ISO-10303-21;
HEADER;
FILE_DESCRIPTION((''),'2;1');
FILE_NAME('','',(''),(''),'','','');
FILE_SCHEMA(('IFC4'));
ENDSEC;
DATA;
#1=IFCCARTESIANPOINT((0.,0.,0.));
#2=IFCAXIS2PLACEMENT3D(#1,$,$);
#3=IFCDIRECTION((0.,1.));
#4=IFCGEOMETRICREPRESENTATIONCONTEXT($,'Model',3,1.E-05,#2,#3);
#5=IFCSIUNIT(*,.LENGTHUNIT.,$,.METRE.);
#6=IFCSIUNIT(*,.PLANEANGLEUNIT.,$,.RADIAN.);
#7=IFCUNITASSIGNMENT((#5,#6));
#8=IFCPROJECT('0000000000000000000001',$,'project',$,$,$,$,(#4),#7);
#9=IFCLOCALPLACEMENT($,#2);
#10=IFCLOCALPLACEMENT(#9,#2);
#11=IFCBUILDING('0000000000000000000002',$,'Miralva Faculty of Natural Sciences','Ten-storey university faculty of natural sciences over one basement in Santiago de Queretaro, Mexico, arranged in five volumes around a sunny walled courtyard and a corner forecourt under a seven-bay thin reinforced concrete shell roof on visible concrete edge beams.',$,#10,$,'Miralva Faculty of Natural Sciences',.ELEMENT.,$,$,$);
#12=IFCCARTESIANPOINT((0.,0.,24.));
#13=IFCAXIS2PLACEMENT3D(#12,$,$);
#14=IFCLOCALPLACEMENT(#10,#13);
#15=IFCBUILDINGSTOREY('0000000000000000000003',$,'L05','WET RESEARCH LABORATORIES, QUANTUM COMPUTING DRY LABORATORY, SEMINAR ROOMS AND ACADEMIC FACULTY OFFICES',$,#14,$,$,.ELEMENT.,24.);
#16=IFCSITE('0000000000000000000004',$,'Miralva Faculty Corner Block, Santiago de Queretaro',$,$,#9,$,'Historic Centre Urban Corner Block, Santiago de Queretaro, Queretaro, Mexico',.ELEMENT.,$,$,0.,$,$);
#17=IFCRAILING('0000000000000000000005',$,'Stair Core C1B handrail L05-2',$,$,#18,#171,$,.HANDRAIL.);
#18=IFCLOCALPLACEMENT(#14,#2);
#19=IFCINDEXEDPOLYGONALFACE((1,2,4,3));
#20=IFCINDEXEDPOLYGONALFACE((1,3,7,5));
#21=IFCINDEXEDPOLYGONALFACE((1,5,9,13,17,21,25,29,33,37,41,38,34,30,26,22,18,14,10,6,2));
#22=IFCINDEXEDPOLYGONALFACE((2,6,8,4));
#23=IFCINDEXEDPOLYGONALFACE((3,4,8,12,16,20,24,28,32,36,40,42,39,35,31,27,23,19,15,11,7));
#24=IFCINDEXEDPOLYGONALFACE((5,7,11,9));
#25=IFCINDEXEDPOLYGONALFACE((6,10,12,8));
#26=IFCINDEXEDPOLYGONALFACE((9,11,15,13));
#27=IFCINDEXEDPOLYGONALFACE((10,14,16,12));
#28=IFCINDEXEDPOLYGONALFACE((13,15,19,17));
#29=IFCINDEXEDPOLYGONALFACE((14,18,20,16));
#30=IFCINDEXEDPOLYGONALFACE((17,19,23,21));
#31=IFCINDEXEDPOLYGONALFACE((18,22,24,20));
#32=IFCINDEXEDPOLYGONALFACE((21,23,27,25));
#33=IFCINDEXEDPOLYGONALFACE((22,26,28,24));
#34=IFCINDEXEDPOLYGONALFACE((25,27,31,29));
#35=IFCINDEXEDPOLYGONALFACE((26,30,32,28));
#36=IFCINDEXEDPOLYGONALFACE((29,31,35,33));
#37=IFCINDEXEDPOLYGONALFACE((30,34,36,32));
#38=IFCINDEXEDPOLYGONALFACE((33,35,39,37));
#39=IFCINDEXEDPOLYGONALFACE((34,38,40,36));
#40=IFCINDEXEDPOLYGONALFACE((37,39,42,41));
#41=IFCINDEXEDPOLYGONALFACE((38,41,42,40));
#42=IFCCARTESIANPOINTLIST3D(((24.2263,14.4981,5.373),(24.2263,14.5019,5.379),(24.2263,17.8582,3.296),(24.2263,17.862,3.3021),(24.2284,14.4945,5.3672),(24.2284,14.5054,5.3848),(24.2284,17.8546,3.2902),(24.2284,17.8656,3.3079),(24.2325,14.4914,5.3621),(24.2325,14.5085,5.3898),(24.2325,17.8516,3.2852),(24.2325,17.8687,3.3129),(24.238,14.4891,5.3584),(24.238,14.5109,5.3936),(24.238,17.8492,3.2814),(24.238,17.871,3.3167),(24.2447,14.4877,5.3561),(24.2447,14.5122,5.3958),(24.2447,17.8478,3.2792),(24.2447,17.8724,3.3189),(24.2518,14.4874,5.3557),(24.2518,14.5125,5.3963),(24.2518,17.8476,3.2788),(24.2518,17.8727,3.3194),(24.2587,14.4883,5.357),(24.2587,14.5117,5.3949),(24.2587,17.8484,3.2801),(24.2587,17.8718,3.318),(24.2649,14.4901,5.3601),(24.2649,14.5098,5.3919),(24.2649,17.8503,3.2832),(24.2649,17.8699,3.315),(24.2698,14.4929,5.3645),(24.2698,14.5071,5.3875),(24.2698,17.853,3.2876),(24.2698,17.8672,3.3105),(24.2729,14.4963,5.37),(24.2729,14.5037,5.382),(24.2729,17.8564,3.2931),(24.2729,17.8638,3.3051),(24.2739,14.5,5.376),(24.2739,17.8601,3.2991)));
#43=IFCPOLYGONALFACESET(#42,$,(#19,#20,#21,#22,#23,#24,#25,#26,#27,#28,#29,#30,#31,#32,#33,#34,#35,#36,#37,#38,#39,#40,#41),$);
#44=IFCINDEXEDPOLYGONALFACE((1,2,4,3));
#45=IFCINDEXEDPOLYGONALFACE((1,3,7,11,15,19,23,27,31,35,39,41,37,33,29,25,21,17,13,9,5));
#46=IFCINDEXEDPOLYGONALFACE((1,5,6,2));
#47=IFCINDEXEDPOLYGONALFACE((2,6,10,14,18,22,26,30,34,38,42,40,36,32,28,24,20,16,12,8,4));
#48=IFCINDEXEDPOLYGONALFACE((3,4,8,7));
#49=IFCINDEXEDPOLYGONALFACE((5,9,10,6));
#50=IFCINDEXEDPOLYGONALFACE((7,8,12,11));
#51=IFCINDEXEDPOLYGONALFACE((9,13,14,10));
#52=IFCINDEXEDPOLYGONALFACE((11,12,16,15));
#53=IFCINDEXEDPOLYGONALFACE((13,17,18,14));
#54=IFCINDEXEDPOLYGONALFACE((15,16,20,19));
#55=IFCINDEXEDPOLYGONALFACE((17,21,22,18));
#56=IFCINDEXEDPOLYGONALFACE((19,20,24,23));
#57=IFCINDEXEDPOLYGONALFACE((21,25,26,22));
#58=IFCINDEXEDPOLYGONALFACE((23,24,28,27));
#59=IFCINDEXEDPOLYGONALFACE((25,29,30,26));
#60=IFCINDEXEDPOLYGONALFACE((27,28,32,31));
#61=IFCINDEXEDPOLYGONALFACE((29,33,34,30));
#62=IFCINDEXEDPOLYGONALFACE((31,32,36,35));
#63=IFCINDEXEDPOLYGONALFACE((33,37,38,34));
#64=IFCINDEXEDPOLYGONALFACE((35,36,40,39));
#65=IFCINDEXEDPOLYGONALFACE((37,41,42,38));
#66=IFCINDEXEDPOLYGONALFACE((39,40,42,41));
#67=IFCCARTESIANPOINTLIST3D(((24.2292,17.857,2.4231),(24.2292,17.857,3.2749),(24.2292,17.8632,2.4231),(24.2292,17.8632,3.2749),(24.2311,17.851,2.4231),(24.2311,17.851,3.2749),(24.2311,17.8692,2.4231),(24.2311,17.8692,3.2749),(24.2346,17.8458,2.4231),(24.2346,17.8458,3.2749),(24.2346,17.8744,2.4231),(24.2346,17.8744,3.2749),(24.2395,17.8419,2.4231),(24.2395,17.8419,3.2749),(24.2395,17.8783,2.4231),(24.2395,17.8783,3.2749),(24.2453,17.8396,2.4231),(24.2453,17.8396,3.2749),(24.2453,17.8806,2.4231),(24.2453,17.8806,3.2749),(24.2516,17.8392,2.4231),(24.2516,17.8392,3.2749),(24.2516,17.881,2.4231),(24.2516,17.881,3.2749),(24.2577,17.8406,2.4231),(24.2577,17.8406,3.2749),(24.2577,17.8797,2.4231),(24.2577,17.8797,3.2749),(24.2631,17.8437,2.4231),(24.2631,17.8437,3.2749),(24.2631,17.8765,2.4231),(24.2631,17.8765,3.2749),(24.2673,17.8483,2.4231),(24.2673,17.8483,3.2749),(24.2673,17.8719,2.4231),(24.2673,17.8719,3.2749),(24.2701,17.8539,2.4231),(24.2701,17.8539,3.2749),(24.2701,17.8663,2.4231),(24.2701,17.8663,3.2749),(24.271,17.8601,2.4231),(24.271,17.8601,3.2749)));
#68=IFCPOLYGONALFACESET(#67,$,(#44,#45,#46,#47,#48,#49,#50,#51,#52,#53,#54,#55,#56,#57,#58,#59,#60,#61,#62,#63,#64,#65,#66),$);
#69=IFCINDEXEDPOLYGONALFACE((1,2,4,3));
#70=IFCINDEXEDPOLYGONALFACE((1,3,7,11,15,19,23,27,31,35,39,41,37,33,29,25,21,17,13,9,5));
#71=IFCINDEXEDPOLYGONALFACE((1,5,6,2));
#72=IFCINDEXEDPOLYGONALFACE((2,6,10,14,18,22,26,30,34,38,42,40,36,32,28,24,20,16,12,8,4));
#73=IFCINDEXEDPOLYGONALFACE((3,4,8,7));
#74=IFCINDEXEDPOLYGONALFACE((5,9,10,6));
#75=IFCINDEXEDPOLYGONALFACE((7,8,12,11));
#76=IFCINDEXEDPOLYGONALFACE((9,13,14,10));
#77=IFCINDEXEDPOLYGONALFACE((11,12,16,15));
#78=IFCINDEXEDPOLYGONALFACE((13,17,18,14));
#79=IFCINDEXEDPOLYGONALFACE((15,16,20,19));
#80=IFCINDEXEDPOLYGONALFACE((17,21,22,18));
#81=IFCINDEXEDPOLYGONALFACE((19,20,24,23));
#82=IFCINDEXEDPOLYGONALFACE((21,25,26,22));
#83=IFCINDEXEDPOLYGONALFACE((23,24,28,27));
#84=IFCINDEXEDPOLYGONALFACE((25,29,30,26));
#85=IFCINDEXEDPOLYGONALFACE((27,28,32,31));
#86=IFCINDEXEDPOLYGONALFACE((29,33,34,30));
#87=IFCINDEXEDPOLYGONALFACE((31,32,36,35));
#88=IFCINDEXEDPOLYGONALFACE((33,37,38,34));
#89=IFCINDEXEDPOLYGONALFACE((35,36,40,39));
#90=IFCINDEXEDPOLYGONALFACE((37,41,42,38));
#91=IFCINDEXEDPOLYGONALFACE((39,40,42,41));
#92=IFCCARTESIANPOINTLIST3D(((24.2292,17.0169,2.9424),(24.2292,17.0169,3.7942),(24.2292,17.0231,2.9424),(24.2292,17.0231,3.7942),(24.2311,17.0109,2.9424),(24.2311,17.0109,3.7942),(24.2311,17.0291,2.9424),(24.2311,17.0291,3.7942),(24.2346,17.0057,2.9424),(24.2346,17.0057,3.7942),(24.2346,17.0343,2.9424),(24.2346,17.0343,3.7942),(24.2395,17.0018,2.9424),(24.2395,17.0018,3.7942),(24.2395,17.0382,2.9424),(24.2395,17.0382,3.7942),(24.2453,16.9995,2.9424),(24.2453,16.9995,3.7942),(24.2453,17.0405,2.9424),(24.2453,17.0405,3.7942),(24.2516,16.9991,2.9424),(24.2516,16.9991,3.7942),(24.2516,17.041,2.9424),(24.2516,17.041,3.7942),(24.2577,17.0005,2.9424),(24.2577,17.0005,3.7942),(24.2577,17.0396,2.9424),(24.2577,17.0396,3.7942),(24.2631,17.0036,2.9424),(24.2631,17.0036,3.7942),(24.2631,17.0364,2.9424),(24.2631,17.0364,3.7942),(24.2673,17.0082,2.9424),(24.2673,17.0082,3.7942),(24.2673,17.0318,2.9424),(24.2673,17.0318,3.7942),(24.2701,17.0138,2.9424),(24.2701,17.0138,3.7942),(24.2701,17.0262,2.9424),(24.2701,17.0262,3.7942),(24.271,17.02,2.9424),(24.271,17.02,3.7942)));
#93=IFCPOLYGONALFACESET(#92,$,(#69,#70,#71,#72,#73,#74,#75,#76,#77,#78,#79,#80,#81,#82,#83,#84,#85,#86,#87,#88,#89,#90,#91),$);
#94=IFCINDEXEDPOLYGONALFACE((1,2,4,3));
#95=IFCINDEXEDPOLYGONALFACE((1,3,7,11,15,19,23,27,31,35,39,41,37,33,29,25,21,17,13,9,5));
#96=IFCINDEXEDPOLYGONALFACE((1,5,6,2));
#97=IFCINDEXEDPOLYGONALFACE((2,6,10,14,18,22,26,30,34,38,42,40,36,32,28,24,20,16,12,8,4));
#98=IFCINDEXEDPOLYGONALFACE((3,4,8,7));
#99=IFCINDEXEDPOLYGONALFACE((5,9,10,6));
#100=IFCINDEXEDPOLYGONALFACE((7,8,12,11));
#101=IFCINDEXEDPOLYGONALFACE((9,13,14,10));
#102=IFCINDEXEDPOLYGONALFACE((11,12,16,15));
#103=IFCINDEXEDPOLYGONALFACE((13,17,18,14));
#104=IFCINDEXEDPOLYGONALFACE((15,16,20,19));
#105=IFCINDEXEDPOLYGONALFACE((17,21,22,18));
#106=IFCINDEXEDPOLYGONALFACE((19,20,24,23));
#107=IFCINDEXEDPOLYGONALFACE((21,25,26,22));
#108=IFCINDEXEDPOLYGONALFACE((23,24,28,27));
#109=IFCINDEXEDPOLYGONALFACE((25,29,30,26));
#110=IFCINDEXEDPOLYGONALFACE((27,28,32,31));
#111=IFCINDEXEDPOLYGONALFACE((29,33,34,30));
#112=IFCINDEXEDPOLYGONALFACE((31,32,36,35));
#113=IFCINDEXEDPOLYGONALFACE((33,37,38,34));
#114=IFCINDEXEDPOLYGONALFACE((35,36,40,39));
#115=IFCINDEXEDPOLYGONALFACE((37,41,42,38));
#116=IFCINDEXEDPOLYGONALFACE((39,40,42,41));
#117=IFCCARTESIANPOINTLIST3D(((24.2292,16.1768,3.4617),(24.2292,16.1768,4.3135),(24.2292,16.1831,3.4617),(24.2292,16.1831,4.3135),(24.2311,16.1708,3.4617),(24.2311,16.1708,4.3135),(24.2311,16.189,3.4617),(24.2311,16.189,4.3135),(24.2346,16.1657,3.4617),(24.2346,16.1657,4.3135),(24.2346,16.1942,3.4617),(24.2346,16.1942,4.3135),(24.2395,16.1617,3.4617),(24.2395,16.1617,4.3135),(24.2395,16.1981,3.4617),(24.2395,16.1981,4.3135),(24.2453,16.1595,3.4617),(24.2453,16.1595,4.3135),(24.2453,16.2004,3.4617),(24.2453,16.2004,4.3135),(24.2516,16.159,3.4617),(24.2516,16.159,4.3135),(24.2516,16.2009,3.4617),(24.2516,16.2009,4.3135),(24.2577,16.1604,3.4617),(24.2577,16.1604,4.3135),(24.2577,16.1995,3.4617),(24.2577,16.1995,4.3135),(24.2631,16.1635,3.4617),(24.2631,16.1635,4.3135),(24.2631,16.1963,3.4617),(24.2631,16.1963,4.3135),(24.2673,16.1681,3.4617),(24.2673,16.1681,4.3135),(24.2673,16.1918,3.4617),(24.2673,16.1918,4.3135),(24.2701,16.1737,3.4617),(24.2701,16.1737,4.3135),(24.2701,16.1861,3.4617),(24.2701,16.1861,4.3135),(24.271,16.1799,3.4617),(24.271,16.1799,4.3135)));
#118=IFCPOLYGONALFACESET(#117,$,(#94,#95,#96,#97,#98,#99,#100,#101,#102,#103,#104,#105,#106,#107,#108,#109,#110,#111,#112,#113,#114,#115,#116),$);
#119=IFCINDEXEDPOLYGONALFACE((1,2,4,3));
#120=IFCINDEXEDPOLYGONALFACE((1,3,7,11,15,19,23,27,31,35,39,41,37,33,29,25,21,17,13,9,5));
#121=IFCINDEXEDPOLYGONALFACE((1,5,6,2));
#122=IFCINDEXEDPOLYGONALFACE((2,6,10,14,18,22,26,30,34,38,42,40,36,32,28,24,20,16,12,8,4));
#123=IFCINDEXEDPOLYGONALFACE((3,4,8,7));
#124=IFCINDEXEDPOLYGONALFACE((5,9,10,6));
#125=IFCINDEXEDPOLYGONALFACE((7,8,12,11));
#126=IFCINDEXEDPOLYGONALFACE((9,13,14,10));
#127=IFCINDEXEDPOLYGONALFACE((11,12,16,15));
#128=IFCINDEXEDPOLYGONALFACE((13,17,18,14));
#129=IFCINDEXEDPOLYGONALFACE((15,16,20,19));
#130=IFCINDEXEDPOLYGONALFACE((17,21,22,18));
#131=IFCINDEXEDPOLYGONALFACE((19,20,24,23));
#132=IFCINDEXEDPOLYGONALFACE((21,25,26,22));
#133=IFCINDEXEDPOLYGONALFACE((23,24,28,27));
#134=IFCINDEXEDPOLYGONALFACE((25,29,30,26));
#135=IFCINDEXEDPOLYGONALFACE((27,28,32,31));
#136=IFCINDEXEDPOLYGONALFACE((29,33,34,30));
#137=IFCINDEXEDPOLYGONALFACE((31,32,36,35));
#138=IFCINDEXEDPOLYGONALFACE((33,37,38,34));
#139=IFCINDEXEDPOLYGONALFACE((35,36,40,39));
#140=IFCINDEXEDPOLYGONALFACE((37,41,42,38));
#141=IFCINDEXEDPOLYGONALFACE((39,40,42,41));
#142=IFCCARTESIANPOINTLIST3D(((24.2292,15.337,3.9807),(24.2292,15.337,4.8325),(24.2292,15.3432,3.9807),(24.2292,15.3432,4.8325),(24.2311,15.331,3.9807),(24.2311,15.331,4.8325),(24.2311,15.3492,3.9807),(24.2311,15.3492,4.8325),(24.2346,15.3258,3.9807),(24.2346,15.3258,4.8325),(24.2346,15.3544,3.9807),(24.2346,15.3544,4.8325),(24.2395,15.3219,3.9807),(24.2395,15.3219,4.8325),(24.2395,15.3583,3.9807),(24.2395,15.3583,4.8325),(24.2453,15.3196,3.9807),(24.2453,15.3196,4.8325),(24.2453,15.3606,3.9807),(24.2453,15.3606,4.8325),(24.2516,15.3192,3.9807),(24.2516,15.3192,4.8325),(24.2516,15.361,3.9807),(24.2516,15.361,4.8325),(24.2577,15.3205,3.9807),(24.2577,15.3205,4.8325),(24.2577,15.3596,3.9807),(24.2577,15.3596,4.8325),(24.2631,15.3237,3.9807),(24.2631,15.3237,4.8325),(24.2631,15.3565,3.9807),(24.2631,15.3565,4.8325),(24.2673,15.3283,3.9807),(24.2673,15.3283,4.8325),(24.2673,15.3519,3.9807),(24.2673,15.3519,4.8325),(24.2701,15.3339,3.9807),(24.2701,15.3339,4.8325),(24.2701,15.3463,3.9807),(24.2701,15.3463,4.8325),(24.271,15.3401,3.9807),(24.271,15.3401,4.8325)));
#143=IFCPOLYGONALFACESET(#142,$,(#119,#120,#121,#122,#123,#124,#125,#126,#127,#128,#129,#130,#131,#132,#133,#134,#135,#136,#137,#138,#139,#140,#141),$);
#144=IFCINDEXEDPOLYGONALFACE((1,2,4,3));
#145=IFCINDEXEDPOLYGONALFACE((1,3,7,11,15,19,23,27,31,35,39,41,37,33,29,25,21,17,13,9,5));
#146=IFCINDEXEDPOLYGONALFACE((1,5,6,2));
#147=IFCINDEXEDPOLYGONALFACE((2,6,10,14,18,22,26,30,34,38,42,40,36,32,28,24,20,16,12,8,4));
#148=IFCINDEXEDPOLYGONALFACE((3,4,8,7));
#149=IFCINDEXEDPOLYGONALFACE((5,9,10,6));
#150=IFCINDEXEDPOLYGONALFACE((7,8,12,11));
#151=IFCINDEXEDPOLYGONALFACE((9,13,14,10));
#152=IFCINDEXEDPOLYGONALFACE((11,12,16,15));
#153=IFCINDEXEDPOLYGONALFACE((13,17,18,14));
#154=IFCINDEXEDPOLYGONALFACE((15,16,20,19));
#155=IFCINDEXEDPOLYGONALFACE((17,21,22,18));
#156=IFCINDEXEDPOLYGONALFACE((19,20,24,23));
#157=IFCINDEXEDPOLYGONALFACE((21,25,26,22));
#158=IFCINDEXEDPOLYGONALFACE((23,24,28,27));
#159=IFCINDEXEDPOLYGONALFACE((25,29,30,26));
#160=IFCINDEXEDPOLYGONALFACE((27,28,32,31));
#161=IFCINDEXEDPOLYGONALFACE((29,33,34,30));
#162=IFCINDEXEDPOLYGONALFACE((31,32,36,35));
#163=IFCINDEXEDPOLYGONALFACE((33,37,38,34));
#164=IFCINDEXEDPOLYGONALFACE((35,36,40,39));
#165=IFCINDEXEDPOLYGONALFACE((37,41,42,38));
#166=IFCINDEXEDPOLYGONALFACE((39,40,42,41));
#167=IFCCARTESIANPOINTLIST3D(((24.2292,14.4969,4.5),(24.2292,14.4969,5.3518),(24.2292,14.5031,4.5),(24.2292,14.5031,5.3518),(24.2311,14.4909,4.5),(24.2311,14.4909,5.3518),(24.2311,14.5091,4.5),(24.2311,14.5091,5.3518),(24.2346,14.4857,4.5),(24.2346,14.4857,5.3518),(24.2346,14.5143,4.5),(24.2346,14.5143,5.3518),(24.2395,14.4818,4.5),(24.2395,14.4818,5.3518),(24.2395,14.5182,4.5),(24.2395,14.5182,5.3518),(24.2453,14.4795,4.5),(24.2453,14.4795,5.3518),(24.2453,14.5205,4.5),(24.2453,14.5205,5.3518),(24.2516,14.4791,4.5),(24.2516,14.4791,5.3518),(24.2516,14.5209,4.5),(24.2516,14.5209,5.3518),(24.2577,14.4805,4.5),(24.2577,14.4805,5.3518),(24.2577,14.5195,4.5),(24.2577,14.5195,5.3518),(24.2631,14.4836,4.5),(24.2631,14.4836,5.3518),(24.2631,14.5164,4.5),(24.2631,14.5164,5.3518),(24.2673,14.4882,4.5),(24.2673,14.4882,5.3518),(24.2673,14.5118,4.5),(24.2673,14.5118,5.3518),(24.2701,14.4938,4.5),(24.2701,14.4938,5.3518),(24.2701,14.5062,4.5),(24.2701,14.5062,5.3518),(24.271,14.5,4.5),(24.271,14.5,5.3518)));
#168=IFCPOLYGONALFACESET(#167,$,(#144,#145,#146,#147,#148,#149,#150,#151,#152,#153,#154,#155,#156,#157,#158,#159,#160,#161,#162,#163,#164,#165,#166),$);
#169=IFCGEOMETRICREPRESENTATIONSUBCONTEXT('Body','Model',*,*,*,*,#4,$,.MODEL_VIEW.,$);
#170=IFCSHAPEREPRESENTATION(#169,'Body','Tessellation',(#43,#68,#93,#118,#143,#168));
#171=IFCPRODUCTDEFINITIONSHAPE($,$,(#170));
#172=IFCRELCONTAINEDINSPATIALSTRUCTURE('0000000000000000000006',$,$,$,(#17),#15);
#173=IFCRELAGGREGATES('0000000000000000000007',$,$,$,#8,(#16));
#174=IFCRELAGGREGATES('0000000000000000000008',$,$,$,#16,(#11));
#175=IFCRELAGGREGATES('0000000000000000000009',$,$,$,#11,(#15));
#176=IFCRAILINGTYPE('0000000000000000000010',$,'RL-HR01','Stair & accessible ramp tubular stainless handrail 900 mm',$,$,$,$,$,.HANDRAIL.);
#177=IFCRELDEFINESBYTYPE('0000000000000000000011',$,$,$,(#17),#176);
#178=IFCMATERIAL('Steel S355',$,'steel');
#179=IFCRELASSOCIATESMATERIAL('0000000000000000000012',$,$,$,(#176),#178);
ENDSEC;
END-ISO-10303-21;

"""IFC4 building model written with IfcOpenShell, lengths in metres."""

from ifc_helpers import new_model, si_unit, direction, frame, origin, origin_2d, place, context, subcontext, project, spatial, circle, extrude, material, type_object, element, save


model = new_model("IFC4")

# Units and contexts
model_context = context("Model", 3, precision=1e-05, world=origin(), true_north=direction((0.0, 1.0)))
body_context = subcontext(model_context, "Body", "Model", "MODEL_VIEW")
ifc_project = project(units=[si_unit("LENGTHUNIT", "METRE"), si_unit("PLANEANGLEUNIT", "RADIAN")], contexts=[model_context])

# Site, building, storey
site_placement = place(None, origin())
site = spatial("IfcSite", under=ifc_project, at=site_placement, Name="Miralva Faculty Corner Block, Santiago de Queretaro", LongName="Historic Centre Urban Corner Block, Santiago de Queretaro, Queretaro, Mexico", CompositionType="ELEMENT", RefElevation=0.0)
building_placement = place(site_placement, origin())
building = spatial("IfcBuilding", under=site, at=building_placement, Name="Miralva Faculty of Natural Sciences", Description="Ten-storey university faculty of natural sciences over one basement in Santiago de Queretaro, Mexico, arranged in five volumes around a sunny walled courtyard and a corner forecourt under a seven-bay thin reinforced concrete shell roof on visible concrete edge beams.", LongName="Miralva Faculty of Natural Sciences", CompositionType="ELEMENT")
storey_placement = place(building_placement, frame((0.0, 0.0, 24.0)))
storey = spatial("IfcBuildingStorey", under=building, at=storey_placement, Name="L05", Description="WET RESEARCH LABORATORIES, QUANTUM COMPUTING DRY LABORATORY, SEMINAR ROOMS AND ACADEMIC FACULTY OFFICES", CompositionType="ELEMENT", Elevation=24.0)

# Railing
ifc_material_1 = material(Name="Steel S355", Category="steel")
railing_type_1 = type_object("IfcRailingType", Name="RL-HR01", Description="Stair & accessible ramp tubular stainless handrail 900 mm", PredefinedType="HANDRAIL", material=ifc_material_1)
railing_1_placement = place(storey_placement, frame((24.25, 17.8601, 2.4231)))
element("IfcRailing", 1, at=railing_1_placement, inside=storey, type_object=railing_type_1, Name="Stair Core C1B handrail L05-2", PredefinedType="HANDRAIL", context=body_context, shape_type="SweptSolid", body=[
    extrude(circle(Radius=0.0239, at=origin_2d()), frame((0.0, 0.0, 0.876), z_axis=(0.0, -0.850623, 0.525776), x_axis=(1.0, 0.0, 0.0)), (0.0, 0.0, 1.0), 3.9502),
    extrude(circle(Radius=0.021, at=origin_2d()), origin(), (0.0, 0.0, 1.0), 0.8518),
    extrude(circle(Radius=0.021, at=origin_2d()), frame((0.0, -0.8401, 0.5193)), (0.0, 0.0, 1.0), 0.8518),
    extrude(circle(Radius=0.021, at=origin_2d()), frame((0.0, -1.6802, 1.0386)), (0.0, 0.0, 1.0), 0.8518),
    extrude(circle(Radius=0.021, at=origin_2d()), frame((0.0, -2.52, 1.5576)), (0.0, 0.0, 1.0), 0.8518),
    extrude(circle(Radius=0.021, at=origin_2d()), frame((0.0, -3.3601, 2.0769)), (0.0, 0.0, 1.0), 0.8518),
])

save(model, "model.ifc")
